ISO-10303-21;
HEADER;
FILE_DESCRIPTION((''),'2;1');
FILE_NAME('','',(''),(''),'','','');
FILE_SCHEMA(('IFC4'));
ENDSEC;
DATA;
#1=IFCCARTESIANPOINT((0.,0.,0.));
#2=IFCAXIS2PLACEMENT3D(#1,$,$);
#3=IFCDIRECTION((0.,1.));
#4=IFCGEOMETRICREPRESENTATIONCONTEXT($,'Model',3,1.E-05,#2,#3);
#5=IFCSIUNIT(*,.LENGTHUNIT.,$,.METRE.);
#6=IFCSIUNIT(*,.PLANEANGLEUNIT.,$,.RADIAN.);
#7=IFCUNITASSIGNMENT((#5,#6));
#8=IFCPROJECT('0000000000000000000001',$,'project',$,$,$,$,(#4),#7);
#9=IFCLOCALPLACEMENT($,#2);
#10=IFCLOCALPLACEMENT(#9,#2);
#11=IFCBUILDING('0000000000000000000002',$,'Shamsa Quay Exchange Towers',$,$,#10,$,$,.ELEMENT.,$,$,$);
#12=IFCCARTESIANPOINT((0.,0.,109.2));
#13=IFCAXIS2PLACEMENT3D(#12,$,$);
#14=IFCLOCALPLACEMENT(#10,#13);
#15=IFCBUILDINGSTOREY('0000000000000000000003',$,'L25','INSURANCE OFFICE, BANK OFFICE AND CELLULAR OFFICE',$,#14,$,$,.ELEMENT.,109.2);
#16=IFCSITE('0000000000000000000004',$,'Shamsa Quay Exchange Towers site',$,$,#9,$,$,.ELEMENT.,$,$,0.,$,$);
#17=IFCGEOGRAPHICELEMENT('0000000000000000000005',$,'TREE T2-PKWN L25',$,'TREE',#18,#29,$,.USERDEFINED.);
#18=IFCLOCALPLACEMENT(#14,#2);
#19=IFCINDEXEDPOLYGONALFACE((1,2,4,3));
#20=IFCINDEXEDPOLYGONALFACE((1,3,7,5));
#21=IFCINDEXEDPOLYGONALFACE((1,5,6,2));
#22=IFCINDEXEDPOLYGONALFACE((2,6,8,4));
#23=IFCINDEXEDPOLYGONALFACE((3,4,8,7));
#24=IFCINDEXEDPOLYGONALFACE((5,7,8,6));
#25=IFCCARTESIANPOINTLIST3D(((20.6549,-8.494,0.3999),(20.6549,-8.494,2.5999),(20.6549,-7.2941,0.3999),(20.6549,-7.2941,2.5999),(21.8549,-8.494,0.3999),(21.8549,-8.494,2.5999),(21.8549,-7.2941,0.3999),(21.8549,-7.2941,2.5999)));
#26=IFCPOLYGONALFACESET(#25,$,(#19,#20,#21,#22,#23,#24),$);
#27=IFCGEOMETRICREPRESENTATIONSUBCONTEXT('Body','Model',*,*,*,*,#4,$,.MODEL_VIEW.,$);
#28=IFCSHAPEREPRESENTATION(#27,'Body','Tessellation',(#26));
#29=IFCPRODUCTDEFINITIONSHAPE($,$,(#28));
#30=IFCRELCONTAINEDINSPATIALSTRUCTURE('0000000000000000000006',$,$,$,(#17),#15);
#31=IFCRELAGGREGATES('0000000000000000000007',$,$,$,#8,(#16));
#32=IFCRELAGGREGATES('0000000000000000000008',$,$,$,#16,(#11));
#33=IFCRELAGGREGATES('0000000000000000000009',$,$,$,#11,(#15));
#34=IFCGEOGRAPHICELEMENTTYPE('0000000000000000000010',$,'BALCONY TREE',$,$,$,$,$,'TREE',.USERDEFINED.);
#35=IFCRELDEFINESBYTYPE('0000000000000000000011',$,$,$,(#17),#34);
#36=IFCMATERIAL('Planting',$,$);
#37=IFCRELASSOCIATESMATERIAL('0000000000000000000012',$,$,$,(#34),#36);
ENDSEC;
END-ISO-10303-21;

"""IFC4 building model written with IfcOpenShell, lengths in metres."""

from ifc_helpers import new_model, si_unit, direction, frame, origin, origin_2d, place, context, subcontext, project, spatial, rectangle, extrude, material, type_object, element, save


model = new_model("IFC4")

# Units and contexts
model_context = context("Model", 3, precision=1e-05, world=origin(), true_north=direction((0.0, 1.0)))
body_context = subcontext(model_context, "Body", "Model", "MODEL_VIEW")
ifc_project = project(units=[si_unit("LENGTHUNIT", "METRE"), si_unit("PLANEANGLEUNIT", "RADIAN")], contexts=[model_context])

# Site, building, storey
site_placement = place(None, origin())
site = spatial("IfcSite", under=ifc_project, at=site_placement, Name="Shamsa Quay Exchange Towers site", CompositionType="ELEMENT", RefElevation=0.0)
building_placement = place(site_placement, origin())
building = spatial("IfcBuilding", under=site, at=building_placement, Name="Shamsa Quay Exchange Towers", CompositionType="ELEMENT")
storey_placement = place(building_placement, frame((0.0, 0.0, 109.2)))
storey = spatial("IfcBuildingStorey", under=building, at=storey_placement, Name="L25", Description="INSURANCE OFFICE, BANK OFFICE AND CELLULAR OFFICE", CompositionType="ELEMENT", Elevation=109.2)

# Geographic element
ifc_material_1 = material(Name="Planting")
geographic_element_type = type_object("IfcGeographicElementType", Name="BALCONY TREE", ElementType="TREE", PredefinedType="USERDEFINED", material=ifc_material_1)
geographic_element_placement = place(storey_placement, frame((21.2549, -7.894, 0.3999), z_axis=(0.0, 0.0, 1.0), x_axis=(0.0, -1.0, 0.0)))
element("IfcGeographicElement", 1, at=geographic_element_placement, inside=storey, type_object=geographic_element_type, Name="TREE T2-PKWN L25", ObjectType="TREE", PredefinedType="USERDEFINED", context=body_context, shape_type="SweptSolid", body=[
    extrude(rectangle(XDim=1.2, YDim=1.2, at=origin_2d()), origin(), (0.0, 0.0, 1.0), 2.2),
])

save(model, "model.ifc")
